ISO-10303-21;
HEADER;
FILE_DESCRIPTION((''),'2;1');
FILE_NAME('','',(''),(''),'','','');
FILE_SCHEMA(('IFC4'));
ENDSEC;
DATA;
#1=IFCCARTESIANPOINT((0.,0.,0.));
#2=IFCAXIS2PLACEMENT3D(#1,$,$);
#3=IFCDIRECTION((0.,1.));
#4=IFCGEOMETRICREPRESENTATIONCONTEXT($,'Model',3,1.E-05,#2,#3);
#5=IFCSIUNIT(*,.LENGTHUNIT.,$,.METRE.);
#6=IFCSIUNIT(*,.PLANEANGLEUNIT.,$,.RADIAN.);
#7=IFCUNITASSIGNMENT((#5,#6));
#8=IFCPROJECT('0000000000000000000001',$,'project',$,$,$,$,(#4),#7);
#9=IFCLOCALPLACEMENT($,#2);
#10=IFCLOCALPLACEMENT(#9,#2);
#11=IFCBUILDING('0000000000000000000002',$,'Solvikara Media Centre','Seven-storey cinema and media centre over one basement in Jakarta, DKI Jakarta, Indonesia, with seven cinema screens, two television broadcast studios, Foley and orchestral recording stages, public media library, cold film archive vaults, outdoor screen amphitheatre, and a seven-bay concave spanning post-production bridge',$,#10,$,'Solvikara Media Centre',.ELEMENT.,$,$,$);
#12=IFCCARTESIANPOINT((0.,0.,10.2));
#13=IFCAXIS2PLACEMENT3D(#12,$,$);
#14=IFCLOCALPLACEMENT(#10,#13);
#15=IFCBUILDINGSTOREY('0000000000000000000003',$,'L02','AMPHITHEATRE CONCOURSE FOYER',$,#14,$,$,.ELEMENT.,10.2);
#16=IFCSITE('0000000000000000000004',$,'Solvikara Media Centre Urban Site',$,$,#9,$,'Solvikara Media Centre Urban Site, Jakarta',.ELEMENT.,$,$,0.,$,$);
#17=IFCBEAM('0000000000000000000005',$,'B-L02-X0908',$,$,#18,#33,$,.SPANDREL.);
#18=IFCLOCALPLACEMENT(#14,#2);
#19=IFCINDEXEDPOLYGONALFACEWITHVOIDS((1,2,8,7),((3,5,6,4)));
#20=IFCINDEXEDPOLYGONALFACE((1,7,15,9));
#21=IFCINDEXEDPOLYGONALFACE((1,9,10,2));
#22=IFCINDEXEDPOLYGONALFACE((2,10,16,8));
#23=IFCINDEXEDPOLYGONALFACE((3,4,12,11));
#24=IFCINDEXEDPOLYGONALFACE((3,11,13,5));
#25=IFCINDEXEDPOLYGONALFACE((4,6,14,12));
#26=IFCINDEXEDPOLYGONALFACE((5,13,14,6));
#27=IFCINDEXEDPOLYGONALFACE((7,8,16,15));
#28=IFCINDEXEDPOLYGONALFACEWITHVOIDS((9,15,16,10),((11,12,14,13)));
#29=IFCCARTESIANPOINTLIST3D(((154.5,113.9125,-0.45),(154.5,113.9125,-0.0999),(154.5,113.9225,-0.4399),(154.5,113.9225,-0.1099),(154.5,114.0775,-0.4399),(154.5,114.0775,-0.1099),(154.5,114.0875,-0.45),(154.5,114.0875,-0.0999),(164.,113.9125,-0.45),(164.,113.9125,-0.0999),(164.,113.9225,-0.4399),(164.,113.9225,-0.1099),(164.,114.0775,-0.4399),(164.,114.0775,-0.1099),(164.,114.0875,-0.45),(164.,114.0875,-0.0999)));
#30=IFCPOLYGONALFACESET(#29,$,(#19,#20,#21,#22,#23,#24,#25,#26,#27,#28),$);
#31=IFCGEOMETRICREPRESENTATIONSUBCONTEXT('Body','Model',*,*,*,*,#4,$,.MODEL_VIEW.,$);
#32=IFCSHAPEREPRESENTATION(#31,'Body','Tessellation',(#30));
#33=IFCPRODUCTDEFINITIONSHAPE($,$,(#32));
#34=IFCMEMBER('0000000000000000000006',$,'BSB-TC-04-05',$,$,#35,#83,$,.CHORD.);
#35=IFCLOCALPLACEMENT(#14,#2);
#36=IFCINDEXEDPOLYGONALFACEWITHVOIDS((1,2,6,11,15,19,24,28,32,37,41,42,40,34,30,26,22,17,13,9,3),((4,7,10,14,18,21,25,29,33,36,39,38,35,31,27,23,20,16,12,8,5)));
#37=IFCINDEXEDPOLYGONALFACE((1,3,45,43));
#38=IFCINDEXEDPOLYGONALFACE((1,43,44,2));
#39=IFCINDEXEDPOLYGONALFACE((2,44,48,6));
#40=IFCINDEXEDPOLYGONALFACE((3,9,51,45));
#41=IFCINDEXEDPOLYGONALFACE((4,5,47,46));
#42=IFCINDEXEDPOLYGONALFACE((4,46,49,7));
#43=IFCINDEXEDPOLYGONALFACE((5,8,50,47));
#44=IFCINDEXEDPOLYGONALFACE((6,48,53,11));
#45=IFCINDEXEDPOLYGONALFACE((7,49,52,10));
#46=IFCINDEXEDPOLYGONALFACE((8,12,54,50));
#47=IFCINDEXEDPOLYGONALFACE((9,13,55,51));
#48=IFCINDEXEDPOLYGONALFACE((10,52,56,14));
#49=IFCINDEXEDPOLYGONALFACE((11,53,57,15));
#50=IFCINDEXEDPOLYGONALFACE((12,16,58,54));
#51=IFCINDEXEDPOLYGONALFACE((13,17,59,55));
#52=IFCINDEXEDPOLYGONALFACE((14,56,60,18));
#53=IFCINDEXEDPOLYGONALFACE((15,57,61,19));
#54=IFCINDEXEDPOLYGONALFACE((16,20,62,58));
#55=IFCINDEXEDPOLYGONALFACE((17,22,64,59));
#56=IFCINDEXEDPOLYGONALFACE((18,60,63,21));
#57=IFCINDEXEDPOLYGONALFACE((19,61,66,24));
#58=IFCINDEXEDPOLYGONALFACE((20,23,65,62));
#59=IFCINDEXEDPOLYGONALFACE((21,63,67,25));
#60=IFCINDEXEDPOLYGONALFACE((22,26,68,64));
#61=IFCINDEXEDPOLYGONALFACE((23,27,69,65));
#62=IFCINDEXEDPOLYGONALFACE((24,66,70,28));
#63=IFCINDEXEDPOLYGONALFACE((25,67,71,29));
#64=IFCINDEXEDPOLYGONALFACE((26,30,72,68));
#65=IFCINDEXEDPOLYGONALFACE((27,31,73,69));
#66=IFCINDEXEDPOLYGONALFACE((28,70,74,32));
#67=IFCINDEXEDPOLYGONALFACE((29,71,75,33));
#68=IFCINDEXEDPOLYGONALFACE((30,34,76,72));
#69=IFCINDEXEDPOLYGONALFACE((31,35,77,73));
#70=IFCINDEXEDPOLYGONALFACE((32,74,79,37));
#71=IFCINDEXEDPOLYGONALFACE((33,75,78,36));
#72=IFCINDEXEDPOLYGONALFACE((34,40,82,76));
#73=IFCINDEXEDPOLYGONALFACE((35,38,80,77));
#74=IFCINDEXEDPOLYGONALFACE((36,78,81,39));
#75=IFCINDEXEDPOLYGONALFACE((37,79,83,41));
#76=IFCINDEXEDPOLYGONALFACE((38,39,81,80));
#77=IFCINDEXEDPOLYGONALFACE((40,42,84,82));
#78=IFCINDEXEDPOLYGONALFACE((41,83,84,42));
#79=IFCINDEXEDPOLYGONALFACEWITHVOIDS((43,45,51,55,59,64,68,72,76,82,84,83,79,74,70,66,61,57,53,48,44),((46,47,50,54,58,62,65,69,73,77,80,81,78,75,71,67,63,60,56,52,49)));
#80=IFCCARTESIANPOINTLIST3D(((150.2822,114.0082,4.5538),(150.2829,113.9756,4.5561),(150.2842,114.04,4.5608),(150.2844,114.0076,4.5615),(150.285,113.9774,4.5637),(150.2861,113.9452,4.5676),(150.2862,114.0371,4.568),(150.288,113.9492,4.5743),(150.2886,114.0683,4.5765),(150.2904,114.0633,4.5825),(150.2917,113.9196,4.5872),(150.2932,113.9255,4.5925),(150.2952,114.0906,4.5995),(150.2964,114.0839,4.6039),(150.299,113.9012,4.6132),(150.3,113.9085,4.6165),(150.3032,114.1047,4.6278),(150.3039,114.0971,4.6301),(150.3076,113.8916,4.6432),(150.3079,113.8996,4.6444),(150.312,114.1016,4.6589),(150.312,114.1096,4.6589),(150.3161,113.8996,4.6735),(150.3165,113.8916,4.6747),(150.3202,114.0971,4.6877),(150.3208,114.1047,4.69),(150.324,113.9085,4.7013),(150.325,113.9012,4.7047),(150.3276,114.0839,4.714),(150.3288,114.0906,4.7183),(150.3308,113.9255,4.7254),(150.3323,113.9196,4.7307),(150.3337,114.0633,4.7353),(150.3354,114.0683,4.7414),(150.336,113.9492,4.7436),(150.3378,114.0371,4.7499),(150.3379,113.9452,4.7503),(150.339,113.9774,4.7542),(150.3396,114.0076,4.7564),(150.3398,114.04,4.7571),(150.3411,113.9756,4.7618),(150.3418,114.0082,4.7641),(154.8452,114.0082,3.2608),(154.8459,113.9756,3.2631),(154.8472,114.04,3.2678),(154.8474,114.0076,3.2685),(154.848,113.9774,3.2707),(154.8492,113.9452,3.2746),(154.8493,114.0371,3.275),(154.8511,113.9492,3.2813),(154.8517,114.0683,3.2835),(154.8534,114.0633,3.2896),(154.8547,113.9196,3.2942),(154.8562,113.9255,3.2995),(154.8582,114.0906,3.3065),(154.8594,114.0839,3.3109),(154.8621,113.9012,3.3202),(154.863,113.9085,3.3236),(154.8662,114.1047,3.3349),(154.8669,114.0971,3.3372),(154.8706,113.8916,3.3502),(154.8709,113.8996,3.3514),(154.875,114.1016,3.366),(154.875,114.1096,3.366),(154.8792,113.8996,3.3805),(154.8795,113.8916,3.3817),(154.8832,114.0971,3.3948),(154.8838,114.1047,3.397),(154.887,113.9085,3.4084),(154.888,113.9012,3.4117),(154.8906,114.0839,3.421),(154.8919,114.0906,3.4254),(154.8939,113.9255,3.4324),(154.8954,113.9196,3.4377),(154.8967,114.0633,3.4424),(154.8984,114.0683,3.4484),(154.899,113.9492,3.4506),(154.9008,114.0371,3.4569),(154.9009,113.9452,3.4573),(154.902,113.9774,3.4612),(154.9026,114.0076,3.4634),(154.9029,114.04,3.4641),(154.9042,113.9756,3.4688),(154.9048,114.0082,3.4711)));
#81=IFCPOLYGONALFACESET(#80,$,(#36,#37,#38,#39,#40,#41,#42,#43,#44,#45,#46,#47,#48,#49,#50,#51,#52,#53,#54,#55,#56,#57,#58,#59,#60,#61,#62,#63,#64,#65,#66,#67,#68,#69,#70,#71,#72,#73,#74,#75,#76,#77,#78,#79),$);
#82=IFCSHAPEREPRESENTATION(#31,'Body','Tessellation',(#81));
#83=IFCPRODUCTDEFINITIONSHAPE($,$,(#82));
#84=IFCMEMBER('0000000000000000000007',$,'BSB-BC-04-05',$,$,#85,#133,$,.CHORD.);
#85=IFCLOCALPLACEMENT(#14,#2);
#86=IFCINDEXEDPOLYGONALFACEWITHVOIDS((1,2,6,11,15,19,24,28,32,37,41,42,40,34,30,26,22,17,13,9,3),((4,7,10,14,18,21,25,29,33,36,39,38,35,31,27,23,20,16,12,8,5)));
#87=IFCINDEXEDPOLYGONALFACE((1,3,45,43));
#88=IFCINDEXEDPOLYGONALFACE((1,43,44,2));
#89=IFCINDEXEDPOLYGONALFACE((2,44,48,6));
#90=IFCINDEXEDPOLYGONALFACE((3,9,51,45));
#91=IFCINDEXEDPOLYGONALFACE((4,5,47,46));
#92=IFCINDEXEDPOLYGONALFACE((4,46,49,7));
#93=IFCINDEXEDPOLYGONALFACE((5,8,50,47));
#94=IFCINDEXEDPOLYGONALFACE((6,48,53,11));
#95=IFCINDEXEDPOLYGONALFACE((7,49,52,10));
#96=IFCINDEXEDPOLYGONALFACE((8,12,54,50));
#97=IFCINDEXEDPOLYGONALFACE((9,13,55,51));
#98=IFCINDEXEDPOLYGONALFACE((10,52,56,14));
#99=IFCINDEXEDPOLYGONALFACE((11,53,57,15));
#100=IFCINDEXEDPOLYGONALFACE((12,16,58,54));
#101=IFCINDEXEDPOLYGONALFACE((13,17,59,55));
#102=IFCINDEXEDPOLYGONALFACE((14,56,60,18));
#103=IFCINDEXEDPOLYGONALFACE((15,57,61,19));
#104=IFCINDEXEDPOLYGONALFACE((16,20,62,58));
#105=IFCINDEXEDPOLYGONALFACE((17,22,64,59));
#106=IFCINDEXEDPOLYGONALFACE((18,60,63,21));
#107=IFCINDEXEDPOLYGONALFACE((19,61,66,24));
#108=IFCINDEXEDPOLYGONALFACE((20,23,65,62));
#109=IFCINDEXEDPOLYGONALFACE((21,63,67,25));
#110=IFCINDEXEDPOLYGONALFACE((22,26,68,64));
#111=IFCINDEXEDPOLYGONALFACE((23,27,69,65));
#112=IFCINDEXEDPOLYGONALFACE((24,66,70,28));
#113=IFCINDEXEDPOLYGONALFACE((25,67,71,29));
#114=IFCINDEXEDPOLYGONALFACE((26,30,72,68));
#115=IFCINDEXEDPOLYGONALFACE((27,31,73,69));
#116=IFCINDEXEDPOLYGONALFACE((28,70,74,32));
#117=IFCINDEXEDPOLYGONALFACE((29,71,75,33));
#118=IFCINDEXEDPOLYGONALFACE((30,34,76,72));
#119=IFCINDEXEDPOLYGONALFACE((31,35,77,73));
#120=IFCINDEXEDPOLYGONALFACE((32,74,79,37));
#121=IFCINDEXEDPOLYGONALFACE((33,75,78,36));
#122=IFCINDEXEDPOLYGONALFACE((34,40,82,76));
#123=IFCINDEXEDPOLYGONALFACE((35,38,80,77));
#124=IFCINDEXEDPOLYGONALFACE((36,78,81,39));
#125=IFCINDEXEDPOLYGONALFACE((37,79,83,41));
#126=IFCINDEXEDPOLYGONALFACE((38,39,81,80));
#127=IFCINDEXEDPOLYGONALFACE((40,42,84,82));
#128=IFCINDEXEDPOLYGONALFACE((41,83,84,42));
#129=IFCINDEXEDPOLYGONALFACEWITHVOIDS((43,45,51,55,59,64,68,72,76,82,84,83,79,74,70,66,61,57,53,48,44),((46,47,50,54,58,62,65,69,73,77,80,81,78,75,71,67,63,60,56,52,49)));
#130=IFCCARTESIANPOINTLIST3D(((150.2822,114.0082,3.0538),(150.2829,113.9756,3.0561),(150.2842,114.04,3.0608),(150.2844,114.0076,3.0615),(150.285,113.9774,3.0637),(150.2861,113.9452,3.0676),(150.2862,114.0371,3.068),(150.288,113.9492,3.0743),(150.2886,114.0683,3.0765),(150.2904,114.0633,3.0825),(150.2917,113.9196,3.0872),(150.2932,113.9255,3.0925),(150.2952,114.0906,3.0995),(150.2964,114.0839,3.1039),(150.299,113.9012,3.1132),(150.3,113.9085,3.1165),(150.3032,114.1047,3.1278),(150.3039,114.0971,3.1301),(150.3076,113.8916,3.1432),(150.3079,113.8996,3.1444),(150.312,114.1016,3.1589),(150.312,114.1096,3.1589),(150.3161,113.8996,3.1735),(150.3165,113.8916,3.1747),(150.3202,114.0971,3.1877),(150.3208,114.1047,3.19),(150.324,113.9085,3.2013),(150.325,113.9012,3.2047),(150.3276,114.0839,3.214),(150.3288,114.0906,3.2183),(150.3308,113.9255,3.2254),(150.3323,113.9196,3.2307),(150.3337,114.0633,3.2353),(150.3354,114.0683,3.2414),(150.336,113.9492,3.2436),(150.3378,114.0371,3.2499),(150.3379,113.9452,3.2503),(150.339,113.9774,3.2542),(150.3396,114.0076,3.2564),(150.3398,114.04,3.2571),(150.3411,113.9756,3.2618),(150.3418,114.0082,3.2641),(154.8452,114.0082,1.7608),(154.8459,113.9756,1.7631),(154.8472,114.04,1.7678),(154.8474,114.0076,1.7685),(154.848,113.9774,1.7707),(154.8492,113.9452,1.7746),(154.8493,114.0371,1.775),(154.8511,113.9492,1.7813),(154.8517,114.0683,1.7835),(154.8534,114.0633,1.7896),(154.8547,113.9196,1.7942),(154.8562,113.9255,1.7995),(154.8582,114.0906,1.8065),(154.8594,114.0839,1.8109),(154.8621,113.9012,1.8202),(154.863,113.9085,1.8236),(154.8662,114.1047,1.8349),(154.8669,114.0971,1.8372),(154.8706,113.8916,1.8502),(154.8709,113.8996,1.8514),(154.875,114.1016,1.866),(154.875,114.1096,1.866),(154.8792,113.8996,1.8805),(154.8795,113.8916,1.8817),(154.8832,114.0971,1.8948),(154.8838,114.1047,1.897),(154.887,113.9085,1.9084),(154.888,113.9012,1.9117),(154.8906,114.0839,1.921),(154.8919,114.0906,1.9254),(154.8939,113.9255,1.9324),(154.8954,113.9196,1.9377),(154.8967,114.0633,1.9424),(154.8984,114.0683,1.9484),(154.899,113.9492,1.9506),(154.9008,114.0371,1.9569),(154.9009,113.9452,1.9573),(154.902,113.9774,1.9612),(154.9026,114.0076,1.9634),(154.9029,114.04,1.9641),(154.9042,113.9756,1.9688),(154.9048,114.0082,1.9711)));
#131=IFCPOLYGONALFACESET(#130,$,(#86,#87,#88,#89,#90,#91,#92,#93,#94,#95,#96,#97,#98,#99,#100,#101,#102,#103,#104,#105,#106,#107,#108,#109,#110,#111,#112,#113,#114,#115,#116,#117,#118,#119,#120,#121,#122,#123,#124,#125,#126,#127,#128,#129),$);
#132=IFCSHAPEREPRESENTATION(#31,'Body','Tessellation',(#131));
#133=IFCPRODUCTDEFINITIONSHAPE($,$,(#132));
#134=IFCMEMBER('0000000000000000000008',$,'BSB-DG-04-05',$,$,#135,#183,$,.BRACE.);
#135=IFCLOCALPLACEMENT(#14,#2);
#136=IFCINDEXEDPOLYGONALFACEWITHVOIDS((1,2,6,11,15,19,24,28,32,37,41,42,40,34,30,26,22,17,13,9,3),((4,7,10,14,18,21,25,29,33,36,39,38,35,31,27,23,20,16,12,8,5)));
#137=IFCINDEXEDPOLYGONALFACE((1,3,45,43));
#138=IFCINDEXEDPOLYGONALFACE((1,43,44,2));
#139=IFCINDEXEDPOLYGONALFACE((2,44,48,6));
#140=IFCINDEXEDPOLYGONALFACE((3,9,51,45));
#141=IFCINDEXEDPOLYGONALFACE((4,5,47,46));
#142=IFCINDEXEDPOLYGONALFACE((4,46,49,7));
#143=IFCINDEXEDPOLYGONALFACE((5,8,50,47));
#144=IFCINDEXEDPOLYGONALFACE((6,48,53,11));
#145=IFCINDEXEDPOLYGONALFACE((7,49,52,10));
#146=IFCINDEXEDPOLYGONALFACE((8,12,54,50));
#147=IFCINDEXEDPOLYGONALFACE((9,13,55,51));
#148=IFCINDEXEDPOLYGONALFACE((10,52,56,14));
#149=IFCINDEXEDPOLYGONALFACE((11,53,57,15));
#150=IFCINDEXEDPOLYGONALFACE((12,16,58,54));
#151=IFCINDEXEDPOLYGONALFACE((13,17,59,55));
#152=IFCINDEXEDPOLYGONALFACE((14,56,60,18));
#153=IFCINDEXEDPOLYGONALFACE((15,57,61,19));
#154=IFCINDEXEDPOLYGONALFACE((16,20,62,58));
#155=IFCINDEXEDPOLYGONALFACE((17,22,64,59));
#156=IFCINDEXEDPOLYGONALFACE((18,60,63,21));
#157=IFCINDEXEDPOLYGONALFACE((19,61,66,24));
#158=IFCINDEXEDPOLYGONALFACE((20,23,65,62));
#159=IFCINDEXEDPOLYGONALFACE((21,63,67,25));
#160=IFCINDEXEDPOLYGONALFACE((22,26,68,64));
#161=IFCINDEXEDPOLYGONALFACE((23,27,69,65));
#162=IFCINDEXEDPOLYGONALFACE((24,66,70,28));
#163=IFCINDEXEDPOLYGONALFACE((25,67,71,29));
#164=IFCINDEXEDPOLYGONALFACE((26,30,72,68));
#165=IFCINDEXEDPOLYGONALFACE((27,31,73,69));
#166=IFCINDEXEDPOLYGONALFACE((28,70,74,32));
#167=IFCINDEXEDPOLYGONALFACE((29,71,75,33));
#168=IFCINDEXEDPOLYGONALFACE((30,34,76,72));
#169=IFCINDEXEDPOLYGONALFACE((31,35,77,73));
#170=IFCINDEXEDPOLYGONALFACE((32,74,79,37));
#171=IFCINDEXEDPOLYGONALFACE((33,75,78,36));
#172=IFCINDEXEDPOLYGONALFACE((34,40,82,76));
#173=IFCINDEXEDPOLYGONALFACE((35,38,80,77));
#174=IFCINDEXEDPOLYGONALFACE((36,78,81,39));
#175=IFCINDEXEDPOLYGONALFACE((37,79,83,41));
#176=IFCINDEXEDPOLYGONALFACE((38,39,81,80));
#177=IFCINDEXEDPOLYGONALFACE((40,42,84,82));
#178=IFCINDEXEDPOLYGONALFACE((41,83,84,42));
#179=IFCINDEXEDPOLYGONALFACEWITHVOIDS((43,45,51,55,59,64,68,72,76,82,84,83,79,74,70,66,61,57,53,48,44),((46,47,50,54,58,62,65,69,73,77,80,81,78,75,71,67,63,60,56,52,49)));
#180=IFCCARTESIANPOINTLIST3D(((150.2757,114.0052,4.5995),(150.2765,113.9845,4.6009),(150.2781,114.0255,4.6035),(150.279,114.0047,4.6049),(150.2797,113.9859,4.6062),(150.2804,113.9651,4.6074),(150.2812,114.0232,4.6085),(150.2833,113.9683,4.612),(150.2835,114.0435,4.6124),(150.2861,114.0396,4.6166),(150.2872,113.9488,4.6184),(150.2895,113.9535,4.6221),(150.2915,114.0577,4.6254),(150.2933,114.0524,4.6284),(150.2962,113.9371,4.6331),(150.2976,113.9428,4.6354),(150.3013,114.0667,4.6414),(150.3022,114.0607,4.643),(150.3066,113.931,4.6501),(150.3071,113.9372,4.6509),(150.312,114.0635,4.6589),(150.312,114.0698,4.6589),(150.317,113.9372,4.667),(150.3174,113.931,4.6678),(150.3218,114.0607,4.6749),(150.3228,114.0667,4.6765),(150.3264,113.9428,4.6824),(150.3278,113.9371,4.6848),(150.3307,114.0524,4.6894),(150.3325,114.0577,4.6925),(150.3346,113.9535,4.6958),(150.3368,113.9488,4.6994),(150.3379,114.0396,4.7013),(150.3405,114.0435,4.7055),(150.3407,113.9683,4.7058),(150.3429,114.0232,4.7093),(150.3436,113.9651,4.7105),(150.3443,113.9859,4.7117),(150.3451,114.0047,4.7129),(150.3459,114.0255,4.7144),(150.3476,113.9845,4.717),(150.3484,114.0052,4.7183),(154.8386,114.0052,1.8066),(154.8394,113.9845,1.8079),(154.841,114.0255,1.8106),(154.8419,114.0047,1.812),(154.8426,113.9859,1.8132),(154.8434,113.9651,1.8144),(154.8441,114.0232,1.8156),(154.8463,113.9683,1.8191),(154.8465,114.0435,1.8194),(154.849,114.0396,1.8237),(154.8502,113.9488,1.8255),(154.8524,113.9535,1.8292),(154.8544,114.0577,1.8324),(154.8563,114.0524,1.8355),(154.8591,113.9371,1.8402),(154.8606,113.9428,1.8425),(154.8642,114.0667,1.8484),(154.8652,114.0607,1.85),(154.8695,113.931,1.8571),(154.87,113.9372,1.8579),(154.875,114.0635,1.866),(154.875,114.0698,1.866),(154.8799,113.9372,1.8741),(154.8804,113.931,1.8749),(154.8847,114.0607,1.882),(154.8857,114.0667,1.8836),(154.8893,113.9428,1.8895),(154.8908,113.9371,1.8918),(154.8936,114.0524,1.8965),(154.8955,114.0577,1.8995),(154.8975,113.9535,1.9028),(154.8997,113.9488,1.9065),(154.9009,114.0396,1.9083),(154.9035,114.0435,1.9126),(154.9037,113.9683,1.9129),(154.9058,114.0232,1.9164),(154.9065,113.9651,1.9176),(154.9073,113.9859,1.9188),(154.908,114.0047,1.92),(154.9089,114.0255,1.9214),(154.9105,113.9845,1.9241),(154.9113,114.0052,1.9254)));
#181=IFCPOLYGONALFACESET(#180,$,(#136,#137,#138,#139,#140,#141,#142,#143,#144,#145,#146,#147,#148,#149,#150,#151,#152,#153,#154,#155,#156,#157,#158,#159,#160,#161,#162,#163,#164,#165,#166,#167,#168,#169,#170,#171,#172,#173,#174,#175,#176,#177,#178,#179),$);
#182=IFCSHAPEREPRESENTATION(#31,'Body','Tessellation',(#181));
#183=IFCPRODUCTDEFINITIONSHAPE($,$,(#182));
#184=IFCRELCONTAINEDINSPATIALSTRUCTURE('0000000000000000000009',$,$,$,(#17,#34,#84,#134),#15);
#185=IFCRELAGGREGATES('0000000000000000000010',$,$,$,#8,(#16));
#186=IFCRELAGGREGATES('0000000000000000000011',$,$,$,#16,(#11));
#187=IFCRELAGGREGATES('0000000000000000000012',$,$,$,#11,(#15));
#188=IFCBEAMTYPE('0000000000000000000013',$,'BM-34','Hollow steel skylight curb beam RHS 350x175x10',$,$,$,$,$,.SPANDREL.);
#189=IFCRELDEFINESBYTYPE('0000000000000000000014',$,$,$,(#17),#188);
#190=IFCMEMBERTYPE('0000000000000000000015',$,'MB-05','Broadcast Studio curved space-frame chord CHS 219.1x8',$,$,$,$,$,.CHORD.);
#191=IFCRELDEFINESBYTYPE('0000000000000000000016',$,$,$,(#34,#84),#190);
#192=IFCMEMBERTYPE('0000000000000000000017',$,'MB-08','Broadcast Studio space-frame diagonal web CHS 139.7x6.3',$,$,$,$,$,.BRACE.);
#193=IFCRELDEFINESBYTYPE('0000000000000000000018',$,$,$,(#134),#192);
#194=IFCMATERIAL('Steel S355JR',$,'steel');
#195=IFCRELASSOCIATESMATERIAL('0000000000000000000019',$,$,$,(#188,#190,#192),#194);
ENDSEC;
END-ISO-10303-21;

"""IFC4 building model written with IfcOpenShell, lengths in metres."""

from ifc_helpers import new_model, si_unit, direction, frame, origin, origin_2d, place, context, subcontext, project, spatial, hollow_rectangle, hollow_circle, extrude, material, material_profile, profile_set, type_object, element, save


model = new_model("IFC4")

# Units and contexts
model_context = context("Model", 3, precision=1e-05, world=origin(), true_north=direction((0.0, 1.0)))
body_context = subcontext(model_context, "Body", "Model", "MODEL_VIEW")
ifc_project = project(units=[si_unit("LENGTHUNIT", "METRE"), si_unit("PLANEANGLEUNIT", "RADIAN")], contexts=[model_context])

# Site, building, storey
site_placement = place(None, origin())
site = spatial("IfcSite", under=ifc_project, at=site_placement, Name="Solvikara Media Centre Urban Site", LongName="Solvikara Media Centre Urban Site, Jakarta", CompositionType="ELEMENT", RefElevation=0.0)
building_placement = place(site_placement, origin())
building = spatial("IfcBuilding", under=site, at=building_placement, Name="Solvikara Media Centre", Description="Seven-storey cinema and media centre over one basement in Jakarta, DKI Jakarta, Indonesia, with seven cinema screens, two television broadcast studios, Foley and orchestral recording stages, public media library, cold film archive vaults, outdoor screen amphitheatre, and a seven-bay concave spanning post-production bridge", LongName="Solvikara Media Centre", CompositionType="ELEMENT")
storey_placement = place(building_placement, frame((0.0, 0.0, 10.2)))
storey = spatial("IfcBuildingStorey", under=building, at=storey_placement, Name="L02", Description="AMPHITHEATRE CONCOURSE FOYER", CompositionType="ELEMENT", Elevation=10.2)

# Beam
ifc_material_1 = material(Name="Steel S355JR", Category="steel")
ifc_material_profile_1 = material_profile(ifc_material_1, hollow_rectangle(XDim=0.175, YDim=0.3501, WallThickness=0.01, at=origin_2d()), Name="RHS 350x175x10")
ifc_profile_set_1 = profile_set([ifc_material_profile_1], Name="Steel S355JR")
beam_type = type_object("IfcBeamType", Name="BM-34", Description="Hollow steel skylight curb beam RHS 350x175x10", PredefinedType="SPANDREL", material=ifc_profile_set_1)
beam_placement = place(storey_placement, frame((154.5, 114.0, -0.2749), z_axis=(1.0, 0.0, 0.0), x_axis=(0.0, 1.0, 0.0)))
element("IfcBeam", 1, at=beam_placement, inside=storey, type_object=beam_type, Name="B-L02-X0908", PredefinedType="SPANDREL", context=body_context, shape_type="SweptSolid", body=[
    extrude(hollow_rectangle(XDim=0.175, YDim=0.3501, WallThickness=0.01, at=origin_2d()), origin(), (0.0, 0.0, 1.0), 9.5),
])

# Members
ifc_material_profile_2 = material_profile(ifc_material_1, hollow_circle(Radius=0.1096, WallThickness=0.0081, at=origin_2d()), Name="CHS 219.1x8")
ifc_profile_set_2 = profile_set([ifc_material_profile_2], Name="Steel S355JR")
member_type_1 = type_object("IfcMemberType", Name="MB-05", Description="Broadcast Studio curved space-frame chord CHS 219.1x8", PredefinedType="CHORD", material=ifc_profile_set_2)
for number, where, z_axis, x_axis, name in (
    (2, (150.312, 114.0, 4.6589), (0.96212, 0.0, -0.272626), (0.0, 1.0, 0.0), "BSB-TC-04-05"),
    (3, (150.312, 114.0, 3.1589), (0.96212, 0.0, -0.272626), (0.0, 1.0, 0.0), "BSB-BC-04-05"),
):
    element("IfcMember", number, at=place(storey_placement, frame(where, z_axis=z_axis, x_axis=x_axis)), inside=storey, type_object=member_type_1, Name=name, PredefinedType="CHORD", context=body_context, shape_type="SweptSolid", body=[
        extrude(hollow_circle(Radius=0.1096, WallThickness=0.0081, at=origin_2d()), origin(), (0.0, 0.0, 1.0), 4.7427),
    ])
ifc_material_profile_3 = material_profile(ifc_material_1, hollow_circle(Radius=0.0698, WallThickness=0.0063, at=origin_2d()), Name="CHS 139.7x6.3")
ifc_profile_set_3 = profile_set([ifc_material_profile_3], Name="Steel S355JR")
member_type_2 = type_object("IfcMemberType", Name="MB-08", Description="Broadcast Studio space-frame diagonal web CHS 139.7x6.3", PredefinedType="BRACE", material=ifc_profile_set_3)
member_1_placement = place(storey_placement, frame((150.312, 114.0, 4.6589), z_axis=(0.852909, 0.0, -0.522059), x_axis=(0.0, 1.0, 0.0)))
element("IfcMember", 4, at=member_1_placement, inside=storey, type_object=member_type_2, Name="BSB-DG-04-05", PredefinedType="BRACE", context=body_context, shape_type="SweptSolid", body=[
    extrude(hollow_circle(Radius=0.0698, WallThickness=0.0063, at=origin_2d()), origin(), (0.0, 0.0, 1.0), 5.3499),
])

save(model, "model.ifc")
